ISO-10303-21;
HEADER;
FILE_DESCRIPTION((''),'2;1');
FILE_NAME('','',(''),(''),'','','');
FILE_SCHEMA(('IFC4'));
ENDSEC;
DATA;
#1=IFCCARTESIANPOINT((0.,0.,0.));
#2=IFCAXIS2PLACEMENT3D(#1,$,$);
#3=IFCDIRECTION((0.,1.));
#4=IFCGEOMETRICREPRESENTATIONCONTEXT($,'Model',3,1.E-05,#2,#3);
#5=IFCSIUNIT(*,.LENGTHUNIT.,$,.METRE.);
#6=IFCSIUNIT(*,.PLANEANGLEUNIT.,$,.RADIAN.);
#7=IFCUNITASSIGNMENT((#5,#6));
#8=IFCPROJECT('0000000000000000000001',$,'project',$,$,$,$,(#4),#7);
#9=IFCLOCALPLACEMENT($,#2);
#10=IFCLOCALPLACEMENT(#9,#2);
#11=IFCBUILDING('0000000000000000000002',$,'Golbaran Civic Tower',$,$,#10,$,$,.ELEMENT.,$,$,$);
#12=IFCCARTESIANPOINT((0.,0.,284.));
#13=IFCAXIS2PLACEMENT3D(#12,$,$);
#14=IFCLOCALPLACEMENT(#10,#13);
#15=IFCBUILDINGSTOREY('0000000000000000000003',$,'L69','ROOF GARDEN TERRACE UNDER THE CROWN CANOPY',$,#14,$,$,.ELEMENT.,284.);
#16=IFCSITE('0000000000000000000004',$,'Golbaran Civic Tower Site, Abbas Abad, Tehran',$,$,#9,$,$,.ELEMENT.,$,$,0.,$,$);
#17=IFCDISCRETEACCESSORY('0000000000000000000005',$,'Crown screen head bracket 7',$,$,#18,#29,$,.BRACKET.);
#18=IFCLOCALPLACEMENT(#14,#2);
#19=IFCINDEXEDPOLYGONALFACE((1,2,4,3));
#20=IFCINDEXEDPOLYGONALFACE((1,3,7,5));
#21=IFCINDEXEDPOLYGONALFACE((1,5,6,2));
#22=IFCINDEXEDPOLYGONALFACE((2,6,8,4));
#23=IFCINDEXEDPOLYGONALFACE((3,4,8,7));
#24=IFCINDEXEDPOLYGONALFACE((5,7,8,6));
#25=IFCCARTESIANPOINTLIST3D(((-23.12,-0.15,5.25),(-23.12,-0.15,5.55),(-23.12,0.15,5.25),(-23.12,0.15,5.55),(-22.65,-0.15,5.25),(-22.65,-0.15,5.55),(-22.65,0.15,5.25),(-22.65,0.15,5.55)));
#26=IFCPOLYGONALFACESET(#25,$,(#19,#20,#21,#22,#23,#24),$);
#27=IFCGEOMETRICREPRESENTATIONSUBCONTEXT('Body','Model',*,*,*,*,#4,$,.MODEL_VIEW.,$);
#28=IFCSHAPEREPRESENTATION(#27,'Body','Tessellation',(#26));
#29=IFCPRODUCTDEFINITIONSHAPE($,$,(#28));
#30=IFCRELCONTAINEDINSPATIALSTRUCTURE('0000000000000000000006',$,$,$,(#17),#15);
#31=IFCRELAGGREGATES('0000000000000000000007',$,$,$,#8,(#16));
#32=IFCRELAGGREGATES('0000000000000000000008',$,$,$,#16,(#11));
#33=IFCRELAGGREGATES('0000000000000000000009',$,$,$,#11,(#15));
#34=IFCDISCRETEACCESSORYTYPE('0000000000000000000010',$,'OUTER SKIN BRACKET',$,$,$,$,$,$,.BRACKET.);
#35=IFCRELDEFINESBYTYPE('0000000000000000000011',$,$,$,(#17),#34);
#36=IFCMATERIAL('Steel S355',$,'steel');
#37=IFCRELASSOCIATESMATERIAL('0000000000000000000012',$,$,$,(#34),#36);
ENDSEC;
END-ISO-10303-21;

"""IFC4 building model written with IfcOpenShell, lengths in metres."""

from ifc_helpers import new_model, si_unit, direction, frame, origin, origin_2d, place, context, subcontext, project, spatial, rectangle, extrude, material, type_object, element, save


model = new_model("IFC4")

# Units and contexts
model_context = context("Model", 3, precision=1e-05, world=origin(), true_north=direction((0.0, 1.0)))
body_context = subcontext(model_context, "Body", "Model", "MODEL_VIEW")
ifc_project = project(units=[si_unit("LENGTHUNIT", "METRE"), si_unit("PLANEANGLEUNIT", "RADIAN")], contexts=[model_context])

# Site, building, storey
site_placement = place(None, origin())
site = spatial("IfcSite", under=ifc_project, at=site_placement, Name="Golbaran Civic Tower Site, Abbas Abad, Tehran", CompositionType="ELEMENT", RefElevation=0.0)
building_placement = place(site_placement, origin())
building = spatial("IfcBuilding", under=site, at=building_placement, Name="Golbaran Civic Tower", CompositionType="ELEMENT")
storey_placement = place(building_placement, frame((0.0, 0.0, 284.0)))
storey = spatial("IfcBuildingStorey", under=building, at=storey_placement, Name="L69", Description="ROOF GARDEN TERRACE UNDER THE CROWN CANOPY", CompositionType="ELEMENT", Elevation=284.0)

# Shared definitions
ifc_material_1 = material(Name="Steel S355", Category="steel")

# Discrete accessory
discrete_accessory_type = type_object("IfcDiscreteAccessoryType", Name="OUTER SKIN BRACKET", PredefinedType="BRACKET", material=ifc_material_1)
discrete_accessory_placement = place(storey_placement, frame((-22.885, 0.0, 5.25), z_axis=(0.0, 0.0, 1.0), x_axis=(-1.0, 0.0, 0.0)))
element("IfcDiscreteAccessory", 1, at=discrete_accessory_placement, inside=storey, type_object=discrete_accessory_type, Name="Crown screen head bracket 7", PredefinedType="BRACKET", context=body_context, shape_type="SweptSolid", body=[
    extrude(rectangle(XDim=0.47, YDim=0.3, at=origin_2d()), origin(), (0.0, 0.0, 1.0), 0.3),
])

save(model, "model.ifc")
